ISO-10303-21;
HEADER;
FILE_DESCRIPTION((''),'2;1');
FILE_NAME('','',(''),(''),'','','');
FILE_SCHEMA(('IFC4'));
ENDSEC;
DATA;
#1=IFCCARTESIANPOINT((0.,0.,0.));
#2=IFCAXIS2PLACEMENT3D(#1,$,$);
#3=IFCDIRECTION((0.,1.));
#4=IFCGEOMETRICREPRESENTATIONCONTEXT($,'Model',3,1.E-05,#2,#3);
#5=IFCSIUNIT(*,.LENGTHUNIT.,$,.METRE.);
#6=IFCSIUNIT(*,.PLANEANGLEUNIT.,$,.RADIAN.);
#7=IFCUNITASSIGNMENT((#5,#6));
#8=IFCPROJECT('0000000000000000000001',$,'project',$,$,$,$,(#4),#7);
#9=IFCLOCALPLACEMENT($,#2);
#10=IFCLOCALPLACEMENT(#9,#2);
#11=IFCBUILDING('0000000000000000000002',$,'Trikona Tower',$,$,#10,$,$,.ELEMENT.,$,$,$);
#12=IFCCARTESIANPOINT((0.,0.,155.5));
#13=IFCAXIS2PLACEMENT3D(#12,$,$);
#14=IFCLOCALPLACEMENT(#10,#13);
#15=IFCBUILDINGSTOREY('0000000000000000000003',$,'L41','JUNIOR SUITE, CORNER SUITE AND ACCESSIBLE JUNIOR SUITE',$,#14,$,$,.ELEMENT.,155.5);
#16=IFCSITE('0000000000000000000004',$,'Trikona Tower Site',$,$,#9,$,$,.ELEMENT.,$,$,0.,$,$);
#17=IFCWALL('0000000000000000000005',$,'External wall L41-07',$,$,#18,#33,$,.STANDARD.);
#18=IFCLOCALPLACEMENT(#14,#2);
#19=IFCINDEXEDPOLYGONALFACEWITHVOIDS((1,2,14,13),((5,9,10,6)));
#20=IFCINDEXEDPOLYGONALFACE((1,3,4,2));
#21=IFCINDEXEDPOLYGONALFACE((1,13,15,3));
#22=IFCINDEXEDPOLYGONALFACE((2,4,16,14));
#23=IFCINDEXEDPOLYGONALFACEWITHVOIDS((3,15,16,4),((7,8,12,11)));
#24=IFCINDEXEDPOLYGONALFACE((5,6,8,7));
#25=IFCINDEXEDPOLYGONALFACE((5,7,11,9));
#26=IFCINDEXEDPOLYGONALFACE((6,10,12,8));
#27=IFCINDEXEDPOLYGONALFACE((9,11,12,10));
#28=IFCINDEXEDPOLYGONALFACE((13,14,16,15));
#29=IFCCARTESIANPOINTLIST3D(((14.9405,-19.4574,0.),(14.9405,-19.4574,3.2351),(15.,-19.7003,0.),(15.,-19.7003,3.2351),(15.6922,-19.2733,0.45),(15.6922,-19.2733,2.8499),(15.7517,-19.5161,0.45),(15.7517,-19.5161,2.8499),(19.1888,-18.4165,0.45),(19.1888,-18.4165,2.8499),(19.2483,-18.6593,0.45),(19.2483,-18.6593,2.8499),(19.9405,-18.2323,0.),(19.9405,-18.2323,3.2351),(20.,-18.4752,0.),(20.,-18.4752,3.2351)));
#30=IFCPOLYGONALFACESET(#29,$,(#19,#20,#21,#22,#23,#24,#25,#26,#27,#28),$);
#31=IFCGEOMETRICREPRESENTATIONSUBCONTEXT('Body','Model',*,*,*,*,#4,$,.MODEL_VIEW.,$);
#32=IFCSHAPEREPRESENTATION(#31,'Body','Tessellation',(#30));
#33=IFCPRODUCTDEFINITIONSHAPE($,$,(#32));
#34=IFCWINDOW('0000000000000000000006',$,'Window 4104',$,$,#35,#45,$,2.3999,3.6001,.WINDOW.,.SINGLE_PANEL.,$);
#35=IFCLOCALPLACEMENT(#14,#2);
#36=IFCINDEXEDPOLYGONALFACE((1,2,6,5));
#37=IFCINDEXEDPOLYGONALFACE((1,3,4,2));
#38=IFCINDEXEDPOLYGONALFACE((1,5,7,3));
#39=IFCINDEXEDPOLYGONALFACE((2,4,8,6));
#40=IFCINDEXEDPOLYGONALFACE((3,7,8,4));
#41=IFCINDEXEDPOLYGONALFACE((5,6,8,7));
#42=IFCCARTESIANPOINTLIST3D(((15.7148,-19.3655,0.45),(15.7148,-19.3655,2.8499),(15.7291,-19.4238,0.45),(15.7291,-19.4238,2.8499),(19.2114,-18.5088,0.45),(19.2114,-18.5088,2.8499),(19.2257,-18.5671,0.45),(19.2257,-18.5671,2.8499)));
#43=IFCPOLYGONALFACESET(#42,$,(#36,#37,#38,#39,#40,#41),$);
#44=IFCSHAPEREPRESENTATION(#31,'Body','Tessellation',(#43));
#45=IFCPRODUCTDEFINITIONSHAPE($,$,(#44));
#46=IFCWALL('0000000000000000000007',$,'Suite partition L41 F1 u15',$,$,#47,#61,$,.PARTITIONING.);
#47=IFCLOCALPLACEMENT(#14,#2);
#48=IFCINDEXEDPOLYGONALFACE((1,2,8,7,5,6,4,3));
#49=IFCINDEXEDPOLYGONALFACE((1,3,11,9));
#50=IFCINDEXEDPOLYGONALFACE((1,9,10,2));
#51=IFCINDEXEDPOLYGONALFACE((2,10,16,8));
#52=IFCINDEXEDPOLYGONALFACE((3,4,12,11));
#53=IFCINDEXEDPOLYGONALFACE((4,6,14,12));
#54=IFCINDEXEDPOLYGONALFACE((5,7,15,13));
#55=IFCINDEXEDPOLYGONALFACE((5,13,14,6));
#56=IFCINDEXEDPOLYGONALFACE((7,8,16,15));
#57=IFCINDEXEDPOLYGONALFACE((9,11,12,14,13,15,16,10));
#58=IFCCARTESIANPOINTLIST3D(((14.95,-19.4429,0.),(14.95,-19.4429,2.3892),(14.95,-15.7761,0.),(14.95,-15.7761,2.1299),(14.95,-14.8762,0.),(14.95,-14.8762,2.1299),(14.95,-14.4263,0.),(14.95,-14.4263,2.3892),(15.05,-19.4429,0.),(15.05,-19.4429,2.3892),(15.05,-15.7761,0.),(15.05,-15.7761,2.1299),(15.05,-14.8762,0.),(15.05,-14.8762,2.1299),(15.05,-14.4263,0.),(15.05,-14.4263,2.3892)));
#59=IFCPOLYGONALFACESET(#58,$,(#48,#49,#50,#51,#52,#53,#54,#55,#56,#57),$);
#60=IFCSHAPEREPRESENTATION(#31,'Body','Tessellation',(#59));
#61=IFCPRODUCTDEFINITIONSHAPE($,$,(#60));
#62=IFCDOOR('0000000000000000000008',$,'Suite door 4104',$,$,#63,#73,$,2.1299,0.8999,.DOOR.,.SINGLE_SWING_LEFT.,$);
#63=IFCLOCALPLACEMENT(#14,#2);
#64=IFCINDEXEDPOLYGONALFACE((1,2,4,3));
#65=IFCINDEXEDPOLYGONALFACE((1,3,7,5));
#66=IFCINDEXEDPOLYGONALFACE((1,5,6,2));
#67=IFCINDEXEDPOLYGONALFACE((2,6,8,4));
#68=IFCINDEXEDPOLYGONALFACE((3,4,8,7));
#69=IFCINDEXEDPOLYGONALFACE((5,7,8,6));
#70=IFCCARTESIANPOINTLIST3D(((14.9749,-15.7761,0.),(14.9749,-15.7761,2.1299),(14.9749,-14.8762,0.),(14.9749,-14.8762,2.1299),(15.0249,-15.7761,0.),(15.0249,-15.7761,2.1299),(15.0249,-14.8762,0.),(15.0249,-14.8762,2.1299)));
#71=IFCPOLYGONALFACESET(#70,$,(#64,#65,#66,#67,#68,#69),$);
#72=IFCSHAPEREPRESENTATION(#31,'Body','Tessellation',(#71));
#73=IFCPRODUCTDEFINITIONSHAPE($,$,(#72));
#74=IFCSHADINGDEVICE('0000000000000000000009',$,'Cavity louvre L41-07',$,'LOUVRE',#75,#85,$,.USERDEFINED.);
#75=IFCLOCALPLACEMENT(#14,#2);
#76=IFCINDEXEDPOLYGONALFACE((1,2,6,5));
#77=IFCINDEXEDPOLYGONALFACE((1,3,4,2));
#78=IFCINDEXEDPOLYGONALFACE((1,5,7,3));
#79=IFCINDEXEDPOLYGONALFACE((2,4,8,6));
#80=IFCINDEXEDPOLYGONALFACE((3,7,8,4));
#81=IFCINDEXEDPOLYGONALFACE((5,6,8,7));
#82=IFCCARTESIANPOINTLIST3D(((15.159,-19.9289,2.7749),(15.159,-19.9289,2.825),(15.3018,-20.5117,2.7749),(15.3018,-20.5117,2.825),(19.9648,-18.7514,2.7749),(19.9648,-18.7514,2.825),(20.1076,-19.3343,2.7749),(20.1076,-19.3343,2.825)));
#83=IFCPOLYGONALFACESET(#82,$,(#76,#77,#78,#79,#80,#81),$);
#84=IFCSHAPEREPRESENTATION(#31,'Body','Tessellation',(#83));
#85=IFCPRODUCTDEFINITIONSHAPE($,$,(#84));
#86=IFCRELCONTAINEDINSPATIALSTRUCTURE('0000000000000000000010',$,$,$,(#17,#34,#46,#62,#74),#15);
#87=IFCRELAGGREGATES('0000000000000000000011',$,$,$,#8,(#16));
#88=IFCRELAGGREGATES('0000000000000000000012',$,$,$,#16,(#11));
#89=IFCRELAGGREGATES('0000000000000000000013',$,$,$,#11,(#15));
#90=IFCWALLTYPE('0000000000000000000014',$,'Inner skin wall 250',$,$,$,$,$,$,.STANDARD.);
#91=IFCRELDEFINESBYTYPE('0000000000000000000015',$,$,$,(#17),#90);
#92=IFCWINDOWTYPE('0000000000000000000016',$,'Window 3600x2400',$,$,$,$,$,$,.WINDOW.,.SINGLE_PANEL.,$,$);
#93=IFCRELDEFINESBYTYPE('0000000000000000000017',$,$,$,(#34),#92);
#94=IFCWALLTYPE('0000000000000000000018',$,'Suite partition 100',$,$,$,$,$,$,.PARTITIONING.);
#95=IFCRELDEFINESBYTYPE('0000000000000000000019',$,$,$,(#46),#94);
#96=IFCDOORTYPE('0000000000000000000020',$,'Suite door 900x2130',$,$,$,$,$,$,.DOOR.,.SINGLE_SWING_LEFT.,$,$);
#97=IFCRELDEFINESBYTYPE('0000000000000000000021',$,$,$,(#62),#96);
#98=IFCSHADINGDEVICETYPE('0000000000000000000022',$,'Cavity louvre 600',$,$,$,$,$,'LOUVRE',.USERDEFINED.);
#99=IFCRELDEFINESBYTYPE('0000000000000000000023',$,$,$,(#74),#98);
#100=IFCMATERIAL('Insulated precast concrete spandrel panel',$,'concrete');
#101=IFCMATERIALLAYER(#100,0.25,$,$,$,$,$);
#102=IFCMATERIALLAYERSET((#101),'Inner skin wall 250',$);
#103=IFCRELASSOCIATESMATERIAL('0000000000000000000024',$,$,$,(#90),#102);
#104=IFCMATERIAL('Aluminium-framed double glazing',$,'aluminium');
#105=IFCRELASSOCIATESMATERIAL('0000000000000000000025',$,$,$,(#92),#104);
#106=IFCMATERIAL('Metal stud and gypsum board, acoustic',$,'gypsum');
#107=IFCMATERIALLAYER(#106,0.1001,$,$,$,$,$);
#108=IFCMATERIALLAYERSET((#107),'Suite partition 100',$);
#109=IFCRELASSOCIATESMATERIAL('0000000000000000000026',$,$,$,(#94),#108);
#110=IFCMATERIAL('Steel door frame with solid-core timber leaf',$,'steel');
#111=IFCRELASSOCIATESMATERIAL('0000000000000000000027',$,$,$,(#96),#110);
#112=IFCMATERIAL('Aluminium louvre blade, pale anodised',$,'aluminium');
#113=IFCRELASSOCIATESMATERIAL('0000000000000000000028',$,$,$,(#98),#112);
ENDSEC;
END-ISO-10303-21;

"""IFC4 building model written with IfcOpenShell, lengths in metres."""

from ifc_helpers import new_model, si_unit, direction, frame, frame_2d, origin, origin_2d, place, context, subcontext, project, spatial, rectangle, extrude, material, layer, layer_set, type_object, element, fill, save


model = new_model("IFC4")

# Units and contexts
model_context = context("Model", 3, precision=1e-05, world=origin(), true_north=direction((0.0, 1.0)))
body_context = subcontext(model_context, "Body", "Model", "MODEL_VIEW")
ifc_project = project(units=[si_unit("LENGTHUNIT", "METRE"), si_unit("PLANEANGLEUNIT", "RADIAN")], contexts=[model_context])

# Site, building, storey
site_placement = place(None, origin())
site = spatial("IfcSite", under=ifc_project, at=site_placement, Name="Trikona Tower Site", CompositionType="ELEMENT", RefElevation=0.0)
building_placement = place(site_placement, origin())
building = spatial("IfcBuilding", under=site, at=building_placement, Name="Trikona Tower", CompositionType="ELEMENT")
storey_placement = place(building_placement, frame((0.0, 0.0, 155.5)))
storey = spatial("IfcBuildingStorey", under=building, at=storey_placement, Name="L41", Description="JUNIOR SUITE, CORNER SUITE AND ACCESSIBLE JUNIOR SUITE", CompositionType="ELEMENT", Elevation=155.5)

# Wall, opening, window
ifc_material_1 = material(Name="Insulated precast concrete spandrel panel", Category="concrete")
ifc_layer_1 = layer(ifc_material_1, 0.25)
ifc_layer_set_1 = layer_set([ifc_layer_1], Name="Inner skin wall 250")
wall_type_1 = type_object("IfcWallType", Name="Inner skin wall 250", PredefinedType="STANDARD", material=ifc_layer_set_1)
wall_1_placement = place(storey_placement, frame((14.9702, -19.5789, 0.0), z_axis=(0.0, 0.0, 1.0), x_axis=(0.97127, 0.23798, 0.0)))
wall_1 = element("IfcWall", 1, at=wall_1_placement, inside=storey, type_object=wall_type_1, Name="External wall L41-07", PredefinedType="STANDARD", context=body_context, shape_type="SweptSolid", body=[
    extrude(rectangle(XDim=5.1479, YDim=0.25, at=frame_2d((2.574, 0.0))), origin(), (0.0, 0.0, 1.0), 3.2351),
])
opening_1_placement = place(wall_1_placement, frame((0.7739, 0.0, 0.45)))
opening_1 = element("IfcOpeningElement", 2, at=opening_1_placement, cuts=wall_1, PredefinedType="OPENING", context=body_context, shape_type="SweptSolid", body=[
    extrude(rectangle(XDim=3.6001, YDim=2.3999, at=frame_2d((1.8, 1.2))), frame((0.0, 0.135, 0.0), z_axis=(0.0, -1.0, 0.0), x_axis=(1.0, 0.0, 0.0)), (0.0, 0.0, 1.0), 0.27),
])
ifc_material_2 = material(Name="Aluminium-framed double glazing", Category="aluminium")
window_type = type_object("IfcWindowType", Name="Window 3600x2400", PartitioningType="SINGLE_PANEL", PredefinedType="WINDOW", material=ifc_material_2)
window_placement = place(opening_1_placement, origin())
window = element("IfcWindow", 3, at=window_placement, inside=storey, type_object=window_type, Name="Window 4104", OverallHeight=2.3999, OverallWidth=3.6001, PartitioningType="SINGLE_PANEL", PredefinedType="WINDOW", context=body_context, shape_type="SweptSolid", body=[
    extrude(rectangle(XDim=3.6001, YDim=2.3999, at=frame_2d((1.8, 1.2))), frame((0.0, 0.03, 0.0), z_axis=(0.0, -1.0, 0.0), x_axis=(1.0, 0.0, 0.0)), (0.0, 0.0, 1.0), 0.0601),
])
fill(opening_1, window)

# Wall, opening, door
ifc_material_3 = material(Name="Metal stud and gypsum board, acoustic", Category="gypsum")
ifc_layer_2 = layer(ifc_material_3, 0.1001)
ifc_layer_set_2 = layer_set([ifc_layer_2], Name="Suite partition 100")
wall_type_2 = type_object("IfcWallType", Name="Suite partition 100", PredefinedType="PARTITIONING", material=ifc_layer_set_2)
wall_2_placement = place(storey_placement, frame((15.0, -14.4263, 0.0), z_axis=(0.0, 0.0, 1.0), x_axis=(0.0, -1.0, 0.0)))
wall_2 = element("IfcWall", 4, at=wall_2_placement, inside=storey, type_object=wall_type_2, Name="Suite partition L41 F1 u15", PredefinedType="PARTITIONING", context=body_context, shape_type="SweptSolid", body=[
    extrude(rectangle(XDim=5.0166, YDim=0.1001, at=frame_2d((2.5083, 0.0))), origin(), (0.0, 0.0, 1.0), 2.3892),
])
opening_2_placement = place(wall_2_placement, frame((0.45, 0.0, 0.0)))
opening_2 = element("IfcOpeningElement", 5, at=opening_2_placement, cuts=wall_2, PredefinedType="OPENING", context=body_context, shape_type="SweptSolid", body=[
    extrude(rectangle(XDim=0.8999, YDim=2.1299, at=frame_2d((0.45, 1.0649))), frame((0.0, 0.0601, 0.0), z_axis=(0.0, -1.0, 0.0), x_axis=(1.0, 0.0, 0.0)), (0.0, 0.0, 1.0), 0.1201),
])
ifc_material_4 = material(Name="Steel door frame with solid-core timber leaf", Category="steel")
door_type = type_object("IfcDoorType", Name="Suite door 900x2130", OperationType="SINGLE_SWING_LEFT", PredefinedType="DOOR", material=ifc_material_4)
door_placement = place(opening_2_placement, origin())
door = element("IfcDoor", 6, at=door_placement, inside=storey, type_object=door_type, Name="Suite door 4104", OperationType="SINGLE_SWING_LEFT", OverallHeight=2.1299, OverallWidth=0.8999, PredefinedType="DOOR", context=body_context, shape_type="SweptSolid", body=[
    extrude(rectangle(XDim=0.8999, YDim=2.1299, at=frame_2d((0.45, 1.0649))), frame((0.0, 0.0249, 0.0), z_axis=(0.0, -1.0, 0.0), x_axis=(1.0, 0.0, 0.0)), (0.0, 0.0, 1.0), 0.05),
])
fill(opening_2, door)

# Shading device
ifc_material_5 = material(Name="Aluminium louvre blade, pale anodised", Category="aluminium")
shading_device_type = type_object("IfcShadingDeviceType", Name="Cavity louvre 600", ElementType="LOUVRE", PredefinedType="USERDEFINED", material=ifc_material_5)
shading_device_placement = place(storey_placement, frame((17.6333, -19.6316, 2.7749), z_axis=(0.0, 0.0, 1.0), x_axis=(0.971274, 0.237962, 0.0)))
element("IfcShadingDevice", 7, at=shading_device_placement, inside=storey, type_object=shading_device_type, Name="Cavity louvre L41-07", ObjectType="LOUVRE", PredefinedType="USERDEFINED", context=body_context, shape_type="SweptSolid", body=[
    extrude(rectangle(XDim=4.948, YDim=0.6001, at=origin_2d()), origin(), (0.0, 0.0, 1.0), 0.05),
])

save(model, "model.ifc")
